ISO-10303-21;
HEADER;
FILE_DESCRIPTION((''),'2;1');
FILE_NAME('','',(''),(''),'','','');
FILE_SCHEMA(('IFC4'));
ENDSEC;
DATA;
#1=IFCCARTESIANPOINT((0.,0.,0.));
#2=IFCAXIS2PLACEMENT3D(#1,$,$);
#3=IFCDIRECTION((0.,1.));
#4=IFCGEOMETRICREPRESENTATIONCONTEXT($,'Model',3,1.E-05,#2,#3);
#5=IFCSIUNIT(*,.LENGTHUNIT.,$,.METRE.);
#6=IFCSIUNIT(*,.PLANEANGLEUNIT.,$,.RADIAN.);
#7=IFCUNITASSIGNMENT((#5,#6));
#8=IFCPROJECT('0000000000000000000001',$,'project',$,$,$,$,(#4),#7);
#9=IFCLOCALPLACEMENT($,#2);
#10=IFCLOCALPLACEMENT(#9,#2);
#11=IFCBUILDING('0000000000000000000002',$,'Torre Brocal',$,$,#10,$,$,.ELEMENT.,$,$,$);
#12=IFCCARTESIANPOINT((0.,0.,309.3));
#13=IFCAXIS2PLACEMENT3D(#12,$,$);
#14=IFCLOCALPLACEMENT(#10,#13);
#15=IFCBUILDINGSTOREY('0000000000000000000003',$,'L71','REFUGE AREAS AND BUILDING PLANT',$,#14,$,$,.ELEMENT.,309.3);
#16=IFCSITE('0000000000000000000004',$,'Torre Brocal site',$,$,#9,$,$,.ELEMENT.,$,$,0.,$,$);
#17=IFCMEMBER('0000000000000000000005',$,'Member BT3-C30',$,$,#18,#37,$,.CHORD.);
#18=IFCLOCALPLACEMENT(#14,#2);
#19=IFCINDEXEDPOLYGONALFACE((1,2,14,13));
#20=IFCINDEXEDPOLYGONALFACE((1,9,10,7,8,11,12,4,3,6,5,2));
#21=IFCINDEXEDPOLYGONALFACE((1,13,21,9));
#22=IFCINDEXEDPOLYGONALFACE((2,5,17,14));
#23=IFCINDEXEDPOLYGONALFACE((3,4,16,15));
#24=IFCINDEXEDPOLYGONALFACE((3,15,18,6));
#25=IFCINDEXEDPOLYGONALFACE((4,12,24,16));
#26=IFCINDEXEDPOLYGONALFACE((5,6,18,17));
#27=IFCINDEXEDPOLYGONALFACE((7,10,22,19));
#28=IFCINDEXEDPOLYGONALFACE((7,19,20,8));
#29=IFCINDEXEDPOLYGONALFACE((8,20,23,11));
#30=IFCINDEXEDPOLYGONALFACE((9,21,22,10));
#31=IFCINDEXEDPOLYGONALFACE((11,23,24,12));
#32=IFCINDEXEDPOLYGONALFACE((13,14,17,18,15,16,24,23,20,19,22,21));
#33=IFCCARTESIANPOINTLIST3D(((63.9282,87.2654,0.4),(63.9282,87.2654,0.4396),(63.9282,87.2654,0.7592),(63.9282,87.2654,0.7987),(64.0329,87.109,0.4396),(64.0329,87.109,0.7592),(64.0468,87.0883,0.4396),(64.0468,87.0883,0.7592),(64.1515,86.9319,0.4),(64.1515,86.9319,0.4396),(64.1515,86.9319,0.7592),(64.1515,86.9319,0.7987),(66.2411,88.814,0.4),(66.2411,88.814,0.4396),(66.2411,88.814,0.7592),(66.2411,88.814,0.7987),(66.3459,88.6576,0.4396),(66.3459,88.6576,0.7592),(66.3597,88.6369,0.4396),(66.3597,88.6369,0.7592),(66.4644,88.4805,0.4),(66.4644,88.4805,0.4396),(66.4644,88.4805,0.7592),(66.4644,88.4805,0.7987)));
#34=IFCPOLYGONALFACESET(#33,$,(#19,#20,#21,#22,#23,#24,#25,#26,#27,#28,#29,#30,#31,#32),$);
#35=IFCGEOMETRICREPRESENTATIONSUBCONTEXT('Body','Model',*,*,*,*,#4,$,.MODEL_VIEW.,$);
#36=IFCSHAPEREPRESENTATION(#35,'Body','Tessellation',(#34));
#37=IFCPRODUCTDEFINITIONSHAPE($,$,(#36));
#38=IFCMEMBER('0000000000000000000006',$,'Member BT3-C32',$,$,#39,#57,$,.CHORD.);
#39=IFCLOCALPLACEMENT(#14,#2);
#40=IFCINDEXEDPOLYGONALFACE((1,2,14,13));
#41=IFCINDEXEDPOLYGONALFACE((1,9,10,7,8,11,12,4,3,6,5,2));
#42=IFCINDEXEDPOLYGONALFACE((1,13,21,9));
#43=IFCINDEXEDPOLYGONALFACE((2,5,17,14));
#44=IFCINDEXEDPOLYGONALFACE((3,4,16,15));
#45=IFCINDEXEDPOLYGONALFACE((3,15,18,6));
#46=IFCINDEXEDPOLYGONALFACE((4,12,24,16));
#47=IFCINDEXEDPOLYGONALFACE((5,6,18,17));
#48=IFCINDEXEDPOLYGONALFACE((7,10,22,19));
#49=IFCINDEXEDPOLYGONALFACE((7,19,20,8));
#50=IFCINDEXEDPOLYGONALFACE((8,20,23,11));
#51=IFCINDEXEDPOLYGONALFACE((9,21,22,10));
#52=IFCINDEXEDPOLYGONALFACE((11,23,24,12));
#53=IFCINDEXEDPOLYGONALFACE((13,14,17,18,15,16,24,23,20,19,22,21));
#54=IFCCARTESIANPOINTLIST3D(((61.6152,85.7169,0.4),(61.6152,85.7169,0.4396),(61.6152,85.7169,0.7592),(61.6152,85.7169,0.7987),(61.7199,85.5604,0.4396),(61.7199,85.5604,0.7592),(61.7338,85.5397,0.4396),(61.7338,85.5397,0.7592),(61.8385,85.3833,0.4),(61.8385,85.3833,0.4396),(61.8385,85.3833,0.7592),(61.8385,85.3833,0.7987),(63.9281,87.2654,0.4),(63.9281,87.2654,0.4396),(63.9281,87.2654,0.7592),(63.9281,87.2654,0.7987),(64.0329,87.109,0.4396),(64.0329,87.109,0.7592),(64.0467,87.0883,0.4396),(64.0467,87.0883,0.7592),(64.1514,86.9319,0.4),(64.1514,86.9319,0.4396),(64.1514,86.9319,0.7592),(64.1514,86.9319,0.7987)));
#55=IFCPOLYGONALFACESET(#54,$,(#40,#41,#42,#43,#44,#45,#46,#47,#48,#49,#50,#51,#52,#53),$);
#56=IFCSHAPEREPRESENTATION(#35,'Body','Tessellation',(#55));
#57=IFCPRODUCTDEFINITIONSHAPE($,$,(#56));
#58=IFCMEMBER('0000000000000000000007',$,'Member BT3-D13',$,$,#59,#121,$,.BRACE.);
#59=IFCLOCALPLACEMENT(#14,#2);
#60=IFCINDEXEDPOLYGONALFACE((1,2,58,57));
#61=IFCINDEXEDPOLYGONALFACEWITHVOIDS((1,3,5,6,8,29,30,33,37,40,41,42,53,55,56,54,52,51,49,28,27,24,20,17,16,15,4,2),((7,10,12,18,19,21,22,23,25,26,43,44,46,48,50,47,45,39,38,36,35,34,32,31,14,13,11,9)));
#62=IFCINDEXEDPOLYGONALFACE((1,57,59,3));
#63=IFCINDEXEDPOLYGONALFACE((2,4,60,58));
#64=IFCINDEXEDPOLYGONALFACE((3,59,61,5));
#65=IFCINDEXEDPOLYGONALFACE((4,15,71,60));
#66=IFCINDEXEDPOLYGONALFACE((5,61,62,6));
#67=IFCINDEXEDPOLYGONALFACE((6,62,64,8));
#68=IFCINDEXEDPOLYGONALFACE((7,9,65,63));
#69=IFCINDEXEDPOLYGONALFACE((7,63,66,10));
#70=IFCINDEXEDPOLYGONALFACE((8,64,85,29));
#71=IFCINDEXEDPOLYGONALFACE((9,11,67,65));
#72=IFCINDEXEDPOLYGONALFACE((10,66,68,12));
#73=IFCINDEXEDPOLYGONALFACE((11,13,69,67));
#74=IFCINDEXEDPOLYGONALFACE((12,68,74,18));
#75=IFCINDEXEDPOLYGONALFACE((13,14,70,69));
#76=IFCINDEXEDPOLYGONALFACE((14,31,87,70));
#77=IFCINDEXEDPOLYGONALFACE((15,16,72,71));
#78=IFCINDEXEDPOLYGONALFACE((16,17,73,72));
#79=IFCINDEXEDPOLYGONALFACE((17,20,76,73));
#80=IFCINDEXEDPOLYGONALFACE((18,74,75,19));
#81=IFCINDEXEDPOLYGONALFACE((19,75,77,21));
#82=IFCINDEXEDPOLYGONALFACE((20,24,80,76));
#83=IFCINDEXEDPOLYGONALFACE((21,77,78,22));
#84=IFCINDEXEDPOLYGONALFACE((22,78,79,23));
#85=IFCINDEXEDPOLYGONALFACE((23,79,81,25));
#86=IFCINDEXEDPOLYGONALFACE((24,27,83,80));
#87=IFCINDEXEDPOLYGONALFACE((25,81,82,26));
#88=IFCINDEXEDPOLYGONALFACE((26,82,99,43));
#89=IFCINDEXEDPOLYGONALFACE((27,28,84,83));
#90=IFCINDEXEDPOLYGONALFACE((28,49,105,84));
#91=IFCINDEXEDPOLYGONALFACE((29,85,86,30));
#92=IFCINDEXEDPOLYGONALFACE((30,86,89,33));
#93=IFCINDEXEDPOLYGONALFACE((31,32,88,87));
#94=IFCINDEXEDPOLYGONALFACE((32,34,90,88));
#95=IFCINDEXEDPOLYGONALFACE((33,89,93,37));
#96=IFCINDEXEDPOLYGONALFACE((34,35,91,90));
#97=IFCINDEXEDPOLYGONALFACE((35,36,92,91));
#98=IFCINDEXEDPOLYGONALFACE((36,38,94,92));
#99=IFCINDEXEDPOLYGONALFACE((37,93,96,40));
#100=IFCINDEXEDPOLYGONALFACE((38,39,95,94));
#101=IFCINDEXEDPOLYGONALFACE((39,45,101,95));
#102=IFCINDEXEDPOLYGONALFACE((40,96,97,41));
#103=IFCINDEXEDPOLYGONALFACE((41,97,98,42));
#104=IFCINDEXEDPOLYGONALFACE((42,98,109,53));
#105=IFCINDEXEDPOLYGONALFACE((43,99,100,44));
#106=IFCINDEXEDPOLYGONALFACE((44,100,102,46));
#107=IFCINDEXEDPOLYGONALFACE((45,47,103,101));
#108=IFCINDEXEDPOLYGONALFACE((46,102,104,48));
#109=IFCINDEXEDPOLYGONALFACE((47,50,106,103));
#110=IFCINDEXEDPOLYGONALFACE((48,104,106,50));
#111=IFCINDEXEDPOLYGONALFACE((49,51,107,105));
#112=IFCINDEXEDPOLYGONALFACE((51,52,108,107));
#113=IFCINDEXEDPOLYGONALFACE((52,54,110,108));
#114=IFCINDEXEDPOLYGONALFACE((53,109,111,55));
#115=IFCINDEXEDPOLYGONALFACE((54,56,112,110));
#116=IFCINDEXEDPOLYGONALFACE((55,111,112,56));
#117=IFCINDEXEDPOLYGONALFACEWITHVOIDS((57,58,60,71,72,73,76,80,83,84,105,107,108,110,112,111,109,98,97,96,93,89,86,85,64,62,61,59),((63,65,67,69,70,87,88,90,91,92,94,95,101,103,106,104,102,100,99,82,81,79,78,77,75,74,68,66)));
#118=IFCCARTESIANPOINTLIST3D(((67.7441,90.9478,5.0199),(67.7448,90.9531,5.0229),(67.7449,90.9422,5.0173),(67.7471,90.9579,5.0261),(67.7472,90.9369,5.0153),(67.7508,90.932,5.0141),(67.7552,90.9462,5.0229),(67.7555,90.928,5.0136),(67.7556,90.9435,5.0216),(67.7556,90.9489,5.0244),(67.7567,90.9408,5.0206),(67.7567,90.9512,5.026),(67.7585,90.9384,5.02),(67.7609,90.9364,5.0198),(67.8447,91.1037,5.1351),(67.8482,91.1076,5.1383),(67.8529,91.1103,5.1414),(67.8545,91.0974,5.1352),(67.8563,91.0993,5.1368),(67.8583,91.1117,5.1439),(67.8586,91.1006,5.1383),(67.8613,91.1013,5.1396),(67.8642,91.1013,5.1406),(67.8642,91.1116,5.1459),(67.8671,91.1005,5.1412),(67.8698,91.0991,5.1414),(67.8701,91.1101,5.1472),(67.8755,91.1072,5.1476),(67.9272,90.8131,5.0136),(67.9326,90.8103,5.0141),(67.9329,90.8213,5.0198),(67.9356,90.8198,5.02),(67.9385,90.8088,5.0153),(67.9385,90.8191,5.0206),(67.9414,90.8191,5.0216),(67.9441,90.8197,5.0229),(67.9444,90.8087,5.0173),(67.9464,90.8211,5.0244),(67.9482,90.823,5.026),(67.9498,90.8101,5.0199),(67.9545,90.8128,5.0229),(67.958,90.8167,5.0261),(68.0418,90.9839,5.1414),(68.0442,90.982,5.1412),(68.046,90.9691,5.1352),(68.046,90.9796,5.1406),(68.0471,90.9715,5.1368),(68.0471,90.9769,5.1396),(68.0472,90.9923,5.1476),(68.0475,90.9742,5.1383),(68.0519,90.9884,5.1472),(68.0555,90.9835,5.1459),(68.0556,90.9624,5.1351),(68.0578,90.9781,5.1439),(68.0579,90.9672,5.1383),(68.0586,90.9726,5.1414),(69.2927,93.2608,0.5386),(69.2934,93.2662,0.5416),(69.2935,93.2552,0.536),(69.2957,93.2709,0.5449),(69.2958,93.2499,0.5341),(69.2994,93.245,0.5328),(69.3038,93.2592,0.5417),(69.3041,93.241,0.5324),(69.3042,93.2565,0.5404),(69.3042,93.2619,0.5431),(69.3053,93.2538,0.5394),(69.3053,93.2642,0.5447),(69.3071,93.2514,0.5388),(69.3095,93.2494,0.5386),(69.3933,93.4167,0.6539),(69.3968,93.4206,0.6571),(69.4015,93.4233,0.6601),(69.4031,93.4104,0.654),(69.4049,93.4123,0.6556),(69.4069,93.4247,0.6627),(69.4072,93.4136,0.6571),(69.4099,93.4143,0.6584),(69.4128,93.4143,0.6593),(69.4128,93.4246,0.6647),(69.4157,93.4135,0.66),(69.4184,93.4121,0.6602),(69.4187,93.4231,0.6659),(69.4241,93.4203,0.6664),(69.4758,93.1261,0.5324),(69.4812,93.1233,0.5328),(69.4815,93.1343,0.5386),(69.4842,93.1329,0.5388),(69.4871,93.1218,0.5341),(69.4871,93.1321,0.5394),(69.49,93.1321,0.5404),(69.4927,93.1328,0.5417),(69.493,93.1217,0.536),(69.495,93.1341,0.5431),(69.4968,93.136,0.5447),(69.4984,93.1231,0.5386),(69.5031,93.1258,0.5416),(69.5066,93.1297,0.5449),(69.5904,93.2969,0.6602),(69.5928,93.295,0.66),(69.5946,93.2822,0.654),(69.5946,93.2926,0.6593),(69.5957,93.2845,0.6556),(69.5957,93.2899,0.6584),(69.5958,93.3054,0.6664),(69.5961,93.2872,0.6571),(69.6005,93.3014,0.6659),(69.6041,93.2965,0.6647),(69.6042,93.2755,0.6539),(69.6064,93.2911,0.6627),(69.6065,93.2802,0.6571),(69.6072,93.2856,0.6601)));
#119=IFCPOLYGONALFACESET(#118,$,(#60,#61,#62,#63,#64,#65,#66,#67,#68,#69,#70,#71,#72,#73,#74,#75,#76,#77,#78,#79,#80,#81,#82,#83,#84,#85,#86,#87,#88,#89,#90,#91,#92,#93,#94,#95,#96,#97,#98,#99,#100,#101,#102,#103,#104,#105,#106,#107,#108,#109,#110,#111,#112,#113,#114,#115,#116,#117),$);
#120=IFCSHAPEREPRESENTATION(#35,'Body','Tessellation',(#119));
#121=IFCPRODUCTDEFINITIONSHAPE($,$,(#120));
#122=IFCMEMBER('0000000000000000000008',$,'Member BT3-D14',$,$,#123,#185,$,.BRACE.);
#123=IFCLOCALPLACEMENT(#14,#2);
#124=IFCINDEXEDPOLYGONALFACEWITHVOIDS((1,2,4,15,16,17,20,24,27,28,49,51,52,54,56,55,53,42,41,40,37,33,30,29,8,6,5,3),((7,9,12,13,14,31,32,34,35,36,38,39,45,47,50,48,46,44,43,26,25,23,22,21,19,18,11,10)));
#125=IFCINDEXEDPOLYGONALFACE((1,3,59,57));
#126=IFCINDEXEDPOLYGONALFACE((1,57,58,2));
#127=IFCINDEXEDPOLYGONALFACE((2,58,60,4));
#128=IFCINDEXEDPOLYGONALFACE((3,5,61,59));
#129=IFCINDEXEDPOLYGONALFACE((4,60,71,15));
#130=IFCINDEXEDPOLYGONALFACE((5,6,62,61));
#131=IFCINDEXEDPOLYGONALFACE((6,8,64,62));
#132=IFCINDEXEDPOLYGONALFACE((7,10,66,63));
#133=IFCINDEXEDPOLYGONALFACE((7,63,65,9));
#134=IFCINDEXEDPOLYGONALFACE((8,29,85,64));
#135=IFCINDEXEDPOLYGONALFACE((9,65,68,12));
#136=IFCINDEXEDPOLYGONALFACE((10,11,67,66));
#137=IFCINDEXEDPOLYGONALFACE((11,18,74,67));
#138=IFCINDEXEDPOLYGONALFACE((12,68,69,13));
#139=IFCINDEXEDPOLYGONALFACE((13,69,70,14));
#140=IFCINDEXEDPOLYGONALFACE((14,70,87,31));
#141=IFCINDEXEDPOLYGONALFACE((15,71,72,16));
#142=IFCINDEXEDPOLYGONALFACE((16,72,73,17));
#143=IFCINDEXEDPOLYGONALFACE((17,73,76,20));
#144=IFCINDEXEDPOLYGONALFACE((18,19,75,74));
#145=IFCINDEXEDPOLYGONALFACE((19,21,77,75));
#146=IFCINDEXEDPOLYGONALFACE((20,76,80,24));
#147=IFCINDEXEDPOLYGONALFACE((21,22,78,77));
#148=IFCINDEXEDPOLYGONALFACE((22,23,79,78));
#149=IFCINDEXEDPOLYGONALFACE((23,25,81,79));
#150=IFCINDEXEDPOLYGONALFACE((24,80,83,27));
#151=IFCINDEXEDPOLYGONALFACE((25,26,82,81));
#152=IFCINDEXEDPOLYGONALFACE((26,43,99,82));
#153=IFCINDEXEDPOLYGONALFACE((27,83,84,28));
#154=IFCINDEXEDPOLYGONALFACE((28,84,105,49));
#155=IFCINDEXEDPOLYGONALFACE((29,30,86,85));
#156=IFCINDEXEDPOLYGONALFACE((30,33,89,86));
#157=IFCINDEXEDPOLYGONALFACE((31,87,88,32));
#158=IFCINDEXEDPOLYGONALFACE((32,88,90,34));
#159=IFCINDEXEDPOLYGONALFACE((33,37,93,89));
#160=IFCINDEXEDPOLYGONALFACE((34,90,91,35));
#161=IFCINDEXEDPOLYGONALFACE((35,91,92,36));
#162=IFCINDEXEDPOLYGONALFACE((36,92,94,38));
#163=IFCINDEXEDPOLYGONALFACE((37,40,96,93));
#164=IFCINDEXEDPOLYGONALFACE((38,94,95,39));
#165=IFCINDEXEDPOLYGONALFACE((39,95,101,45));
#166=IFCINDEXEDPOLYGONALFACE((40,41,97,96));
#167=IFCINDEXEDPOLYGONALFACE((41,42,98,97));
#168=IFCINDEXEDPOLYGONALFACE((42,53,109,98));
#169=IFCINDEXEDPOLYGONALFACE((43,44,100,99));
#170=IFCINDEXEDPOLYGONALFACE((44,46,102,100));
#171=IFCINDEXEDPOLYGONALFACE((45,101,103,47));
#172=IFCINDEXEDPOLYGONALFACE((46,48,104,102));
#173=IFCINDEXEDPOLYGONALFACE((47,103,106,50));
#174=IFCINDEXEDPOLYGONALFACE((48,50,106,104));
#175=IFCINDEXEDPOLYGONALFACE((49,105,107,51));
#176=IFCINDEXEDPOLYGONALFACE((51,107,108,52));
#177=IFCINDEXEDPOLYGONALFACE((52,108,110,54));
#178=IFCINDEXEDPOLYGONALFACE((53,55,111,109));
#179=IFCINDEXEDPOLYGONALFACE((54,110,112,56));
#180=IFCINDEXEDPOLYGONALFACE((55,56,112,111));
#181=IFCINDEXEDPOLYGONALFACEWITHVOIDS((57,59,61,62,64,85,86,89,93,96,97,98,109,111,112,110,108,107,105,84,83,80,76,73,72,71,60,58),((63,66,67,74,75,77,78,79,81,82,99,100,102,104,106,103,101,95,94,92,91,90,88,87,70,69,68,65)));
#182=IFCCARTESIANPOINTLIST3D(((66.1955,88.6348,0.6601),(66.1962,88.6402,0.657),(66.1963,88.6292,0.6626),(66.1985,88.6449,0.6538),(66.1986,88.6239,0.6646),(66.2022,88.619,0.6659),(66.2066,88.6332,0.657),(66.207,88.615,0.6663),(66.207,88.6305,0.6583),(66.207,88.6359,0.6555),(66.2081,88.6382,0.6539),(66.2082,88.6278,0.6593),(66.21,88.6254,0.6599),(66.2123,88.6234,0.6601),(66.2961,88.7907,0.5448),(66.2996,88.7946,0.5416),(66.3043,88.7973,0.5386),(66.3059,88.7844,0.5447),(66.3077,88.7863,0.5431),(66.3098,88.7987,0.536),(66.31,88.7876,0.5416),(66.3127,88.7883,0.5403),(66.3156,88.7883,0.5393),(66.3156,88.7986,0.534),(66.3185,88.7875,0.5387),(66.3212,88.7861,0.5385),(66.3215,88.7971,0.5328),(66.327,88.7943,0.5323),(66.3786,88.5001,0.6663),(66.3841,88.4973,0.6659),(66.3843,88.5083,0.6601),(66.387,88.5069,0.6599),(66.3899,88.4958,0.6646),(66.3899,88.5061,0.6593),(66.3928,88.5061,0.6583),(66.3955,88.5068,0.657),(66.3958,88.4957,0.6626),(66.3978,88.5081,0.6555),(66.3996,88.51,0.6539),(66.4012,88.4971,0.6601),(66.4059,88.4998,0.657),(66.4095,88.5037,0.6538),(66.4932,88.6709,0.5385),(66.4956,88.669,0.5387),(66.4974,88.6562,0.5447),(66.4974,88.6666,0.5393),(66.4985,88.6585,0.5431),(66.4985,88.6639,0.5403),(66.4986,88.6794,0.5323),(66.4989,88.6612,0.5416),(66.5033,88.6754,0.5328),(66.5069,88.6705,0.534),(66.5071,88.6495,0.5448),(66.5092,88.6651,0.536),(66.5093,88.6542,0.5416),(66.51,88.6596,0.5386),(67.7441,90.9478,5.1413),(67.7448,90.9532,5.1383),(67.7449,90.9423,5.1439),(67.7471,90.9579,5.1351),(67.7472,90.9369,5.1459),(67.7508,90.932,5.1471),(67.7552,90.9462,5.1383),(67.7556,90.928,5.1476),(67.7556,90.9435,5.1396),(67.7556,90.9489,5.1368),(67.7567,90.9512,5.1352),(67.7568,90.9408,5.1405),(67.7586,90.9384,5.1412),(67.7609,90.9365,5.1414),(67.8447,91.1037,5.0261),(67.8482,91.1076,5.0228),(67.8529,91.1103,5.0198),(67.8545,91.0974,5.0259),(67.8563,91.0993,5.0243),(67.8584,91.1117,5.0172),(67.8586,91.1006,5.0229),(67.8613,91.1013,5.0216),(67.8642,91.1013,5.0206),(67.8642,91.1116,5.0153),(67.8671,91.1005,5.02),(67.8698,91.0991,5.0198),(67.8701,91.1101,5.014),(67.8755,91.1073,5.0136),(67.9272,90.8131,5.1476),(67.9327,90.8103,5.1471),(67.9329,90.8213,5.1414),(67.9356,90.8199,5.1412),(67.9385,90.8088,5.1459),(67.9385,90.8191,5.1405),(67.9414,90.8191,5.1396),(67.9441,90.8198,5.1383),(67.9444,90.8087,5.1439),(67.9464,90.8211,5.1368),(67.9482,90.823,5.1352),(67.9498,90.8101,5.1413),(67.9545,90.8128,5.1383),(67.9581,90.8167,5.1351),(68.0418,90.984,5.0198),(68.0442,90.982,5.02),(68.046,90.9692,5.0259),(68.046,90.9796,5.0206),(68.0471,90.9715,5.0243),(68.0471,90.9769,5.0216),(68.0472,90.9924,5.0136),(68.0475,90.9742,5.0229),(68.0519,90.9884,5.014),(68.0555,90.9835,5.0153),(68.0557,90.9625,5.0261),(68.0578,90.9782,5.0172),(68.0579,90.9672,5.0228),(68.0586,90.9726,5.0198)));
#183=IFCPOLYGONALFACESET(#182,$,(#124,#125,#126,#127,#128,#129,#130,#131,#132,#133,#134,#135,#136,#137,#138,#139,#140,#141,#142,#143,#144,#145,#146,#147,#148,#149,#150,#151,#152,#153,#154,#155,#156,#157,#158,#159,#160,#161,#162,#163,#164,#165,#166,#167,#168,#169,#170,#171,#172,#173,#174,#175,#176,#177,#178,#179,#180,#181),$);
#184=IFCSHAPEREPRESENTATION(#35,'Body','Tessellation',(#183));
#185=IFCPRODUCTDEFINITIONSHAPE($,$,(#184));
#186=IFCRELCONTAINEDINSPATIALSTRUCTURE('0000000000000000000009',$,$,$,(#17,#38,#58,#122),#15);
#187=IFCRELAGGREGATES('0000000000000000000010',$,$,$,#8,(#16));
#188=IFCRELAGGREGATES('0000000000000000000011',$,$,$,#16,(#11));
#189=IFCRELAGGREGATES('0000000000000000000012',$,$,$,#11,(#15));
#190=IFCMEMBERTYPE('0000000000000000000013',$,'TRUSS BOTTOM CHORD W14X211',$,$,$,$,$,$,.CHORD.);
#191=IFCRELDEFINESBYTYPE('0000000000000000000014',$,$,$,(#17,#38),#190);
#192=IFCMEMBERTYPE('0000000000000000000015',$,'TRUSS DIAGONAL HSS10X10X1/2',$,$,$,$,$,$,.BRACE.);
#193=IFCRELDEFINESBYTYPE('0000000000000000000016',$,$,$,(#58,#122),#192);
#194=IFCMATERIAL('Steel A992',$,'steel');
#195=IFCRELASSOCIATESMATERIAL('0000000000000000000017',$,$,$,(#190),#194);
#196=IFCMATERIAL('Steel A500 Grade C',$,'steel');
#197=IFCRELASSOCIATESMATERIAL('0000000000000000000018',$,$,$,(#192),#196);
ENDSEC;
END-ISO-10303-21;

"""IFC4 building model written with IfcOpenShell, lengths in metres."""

from ifc_helpers import new_model, si_unit, direction, frame, origin, origin_2d, place, context, subcontext, project, spatial, hollow_rectangle, i_section, extrude, material, material_profile, profile_set, type_object, element, save


model = new_model("IFC4")

# Units and contexts
model_context = context("Model", 3, precision=1e-05, world=origin(), true_north=direction((0.0, 1.0)))
body_context = subcontext(model_context, "Body", "Model", "MODEL_VIEW")
ifc_project = project(units=[si_unit("LENGTHUNIT", "METRE"), si_unit("PLANEANGLEUNIT", "RADIAN")], contexts=[model_context])

# Site, building, storey
site_placement = place(None, origin())
site = spatial("IfcSite", under=ifc_project, at=site_placement, Name="Torre Brocal site", CompositionType="ELEMENT", RefElevation=0.0)
building_placement = place(site_placement, origin())
building = spatial("IfcBuilding", under=site, at=building_placement, Name="Torre Brocal", CompositionType="ELEMENT")
storey_placement = place(building_placement, frame((0.0, 0.0, 309.3)))
storey = spatial("IfcBuildingStorey", under=building, at=storey_placement, Name="L71", Description="REFUGE AREAS AND BUILDING PLANT", CompositionType="ELEMENT", Elevation=309.3)

# Members
ifc_material_1 = material(Name="Steel A992", Category="steel")
ifc_material_profile_1 = material_profile(ifc_material_1, i_section(OverallWidth=0.4014, OverallDepth=0.3987, WebThickness=0.0249, FlangeThickness=0.0396, at=origin_2d()), Name="W14X211")
ifc_profile_set_1 = profile_set([ifc_material_profile_1], Name="Steel A992")
member_type_1 = type_object("IfcMemberType", Name="TRUSS BOTTOM CHORD W14X211", PredefinedType="CHORD", material=ifc_profile_set_1)
for number, where, z_axis, x_axis, name in (
    (1, (66.3528, 88.6472, 0.5994), (-0.830956, -0.556339, 0.0), (0.556339, -0.830956, 0.0), "Member BT3-C30"),
    (2, (64.0398, 87.0986, 0.5994), (-0.830956, -0.556339, 0.0), (0.556339, -0.830956, 0.0), "Member BT3-C32"),
):
    element("IfcMember", number, at=place(storey_placement, frame(where, z_axis=z_axis, x_axis=x_axis)), inside=storey, type_object=member_type_1, Name=name, PredefinedType="CHORD", context=body_context, shape_type="SweptSolid", body=[
        extrude(i_section(OverallWidth=0.4014, OverallDepth=0.3987, WebThickness=0.0249, FlangeThickness=0.0396, at=origin_2d()), origin(), (0.0, 0.0, 1.0), 2.7834),
    ])
ifc_material_2 = material(Name="Steel A500 Grade C", Category="steel")
ifc_material_profile_2 = material_profile(ifc_material_2, hollow_rectangle(XDim=0.2539, YDim=0.2539, WallThickness=0.0117, InnerFilletRadius=0.0117, OuterFilletRadius=0.0237, at=origin_2d()), Name="HSS10X10X1/2")
ifc_profile_set_2 = profile_set([ifc_material_profile_2], Name="Steel A500 Grade C")
member_type_2 = type_object("IfcMemberType", Name="TRUSS DIAGONAL HSS10X10X1/2", PredefinedType="BRACE", material=ifc_profile_set_2)
for number, where, z_axis, x_axis, name in (
    (3, (69.45, 93.2732, 0.5994), (-0.293552, -0.438453, 0.849462), (0.830956, -0.556339, 0.0), "Member BT3-D13"),
    (4, (67.9014, 90.9602, 5.0806), (-0.293552, -0.438453, -0.849462), (0.830956, -0.556339, 0.0), "Member BT3-D14"),
):
    element("IfcMember", number, at=place(storey_placement, frame(where, z_axis=z_axis, x_axis=x_axis)), inside=storey, type_object=member_type_2, Name=name, PredefinedType="BRACE", context=body_context, shape_type="SweptSolid", body=[
        extrude(hollow_rectangle(XDim=0.2539, YDim=0.2539, WallThickness=0.0117, InnerFilletRadius=0.0117, OuterFilletRadius=0.0237, at=origin_2d()), origin(), (0.0, 0.0, 1.0), 5.2754),
    ])

save(model, "model.ifc")
